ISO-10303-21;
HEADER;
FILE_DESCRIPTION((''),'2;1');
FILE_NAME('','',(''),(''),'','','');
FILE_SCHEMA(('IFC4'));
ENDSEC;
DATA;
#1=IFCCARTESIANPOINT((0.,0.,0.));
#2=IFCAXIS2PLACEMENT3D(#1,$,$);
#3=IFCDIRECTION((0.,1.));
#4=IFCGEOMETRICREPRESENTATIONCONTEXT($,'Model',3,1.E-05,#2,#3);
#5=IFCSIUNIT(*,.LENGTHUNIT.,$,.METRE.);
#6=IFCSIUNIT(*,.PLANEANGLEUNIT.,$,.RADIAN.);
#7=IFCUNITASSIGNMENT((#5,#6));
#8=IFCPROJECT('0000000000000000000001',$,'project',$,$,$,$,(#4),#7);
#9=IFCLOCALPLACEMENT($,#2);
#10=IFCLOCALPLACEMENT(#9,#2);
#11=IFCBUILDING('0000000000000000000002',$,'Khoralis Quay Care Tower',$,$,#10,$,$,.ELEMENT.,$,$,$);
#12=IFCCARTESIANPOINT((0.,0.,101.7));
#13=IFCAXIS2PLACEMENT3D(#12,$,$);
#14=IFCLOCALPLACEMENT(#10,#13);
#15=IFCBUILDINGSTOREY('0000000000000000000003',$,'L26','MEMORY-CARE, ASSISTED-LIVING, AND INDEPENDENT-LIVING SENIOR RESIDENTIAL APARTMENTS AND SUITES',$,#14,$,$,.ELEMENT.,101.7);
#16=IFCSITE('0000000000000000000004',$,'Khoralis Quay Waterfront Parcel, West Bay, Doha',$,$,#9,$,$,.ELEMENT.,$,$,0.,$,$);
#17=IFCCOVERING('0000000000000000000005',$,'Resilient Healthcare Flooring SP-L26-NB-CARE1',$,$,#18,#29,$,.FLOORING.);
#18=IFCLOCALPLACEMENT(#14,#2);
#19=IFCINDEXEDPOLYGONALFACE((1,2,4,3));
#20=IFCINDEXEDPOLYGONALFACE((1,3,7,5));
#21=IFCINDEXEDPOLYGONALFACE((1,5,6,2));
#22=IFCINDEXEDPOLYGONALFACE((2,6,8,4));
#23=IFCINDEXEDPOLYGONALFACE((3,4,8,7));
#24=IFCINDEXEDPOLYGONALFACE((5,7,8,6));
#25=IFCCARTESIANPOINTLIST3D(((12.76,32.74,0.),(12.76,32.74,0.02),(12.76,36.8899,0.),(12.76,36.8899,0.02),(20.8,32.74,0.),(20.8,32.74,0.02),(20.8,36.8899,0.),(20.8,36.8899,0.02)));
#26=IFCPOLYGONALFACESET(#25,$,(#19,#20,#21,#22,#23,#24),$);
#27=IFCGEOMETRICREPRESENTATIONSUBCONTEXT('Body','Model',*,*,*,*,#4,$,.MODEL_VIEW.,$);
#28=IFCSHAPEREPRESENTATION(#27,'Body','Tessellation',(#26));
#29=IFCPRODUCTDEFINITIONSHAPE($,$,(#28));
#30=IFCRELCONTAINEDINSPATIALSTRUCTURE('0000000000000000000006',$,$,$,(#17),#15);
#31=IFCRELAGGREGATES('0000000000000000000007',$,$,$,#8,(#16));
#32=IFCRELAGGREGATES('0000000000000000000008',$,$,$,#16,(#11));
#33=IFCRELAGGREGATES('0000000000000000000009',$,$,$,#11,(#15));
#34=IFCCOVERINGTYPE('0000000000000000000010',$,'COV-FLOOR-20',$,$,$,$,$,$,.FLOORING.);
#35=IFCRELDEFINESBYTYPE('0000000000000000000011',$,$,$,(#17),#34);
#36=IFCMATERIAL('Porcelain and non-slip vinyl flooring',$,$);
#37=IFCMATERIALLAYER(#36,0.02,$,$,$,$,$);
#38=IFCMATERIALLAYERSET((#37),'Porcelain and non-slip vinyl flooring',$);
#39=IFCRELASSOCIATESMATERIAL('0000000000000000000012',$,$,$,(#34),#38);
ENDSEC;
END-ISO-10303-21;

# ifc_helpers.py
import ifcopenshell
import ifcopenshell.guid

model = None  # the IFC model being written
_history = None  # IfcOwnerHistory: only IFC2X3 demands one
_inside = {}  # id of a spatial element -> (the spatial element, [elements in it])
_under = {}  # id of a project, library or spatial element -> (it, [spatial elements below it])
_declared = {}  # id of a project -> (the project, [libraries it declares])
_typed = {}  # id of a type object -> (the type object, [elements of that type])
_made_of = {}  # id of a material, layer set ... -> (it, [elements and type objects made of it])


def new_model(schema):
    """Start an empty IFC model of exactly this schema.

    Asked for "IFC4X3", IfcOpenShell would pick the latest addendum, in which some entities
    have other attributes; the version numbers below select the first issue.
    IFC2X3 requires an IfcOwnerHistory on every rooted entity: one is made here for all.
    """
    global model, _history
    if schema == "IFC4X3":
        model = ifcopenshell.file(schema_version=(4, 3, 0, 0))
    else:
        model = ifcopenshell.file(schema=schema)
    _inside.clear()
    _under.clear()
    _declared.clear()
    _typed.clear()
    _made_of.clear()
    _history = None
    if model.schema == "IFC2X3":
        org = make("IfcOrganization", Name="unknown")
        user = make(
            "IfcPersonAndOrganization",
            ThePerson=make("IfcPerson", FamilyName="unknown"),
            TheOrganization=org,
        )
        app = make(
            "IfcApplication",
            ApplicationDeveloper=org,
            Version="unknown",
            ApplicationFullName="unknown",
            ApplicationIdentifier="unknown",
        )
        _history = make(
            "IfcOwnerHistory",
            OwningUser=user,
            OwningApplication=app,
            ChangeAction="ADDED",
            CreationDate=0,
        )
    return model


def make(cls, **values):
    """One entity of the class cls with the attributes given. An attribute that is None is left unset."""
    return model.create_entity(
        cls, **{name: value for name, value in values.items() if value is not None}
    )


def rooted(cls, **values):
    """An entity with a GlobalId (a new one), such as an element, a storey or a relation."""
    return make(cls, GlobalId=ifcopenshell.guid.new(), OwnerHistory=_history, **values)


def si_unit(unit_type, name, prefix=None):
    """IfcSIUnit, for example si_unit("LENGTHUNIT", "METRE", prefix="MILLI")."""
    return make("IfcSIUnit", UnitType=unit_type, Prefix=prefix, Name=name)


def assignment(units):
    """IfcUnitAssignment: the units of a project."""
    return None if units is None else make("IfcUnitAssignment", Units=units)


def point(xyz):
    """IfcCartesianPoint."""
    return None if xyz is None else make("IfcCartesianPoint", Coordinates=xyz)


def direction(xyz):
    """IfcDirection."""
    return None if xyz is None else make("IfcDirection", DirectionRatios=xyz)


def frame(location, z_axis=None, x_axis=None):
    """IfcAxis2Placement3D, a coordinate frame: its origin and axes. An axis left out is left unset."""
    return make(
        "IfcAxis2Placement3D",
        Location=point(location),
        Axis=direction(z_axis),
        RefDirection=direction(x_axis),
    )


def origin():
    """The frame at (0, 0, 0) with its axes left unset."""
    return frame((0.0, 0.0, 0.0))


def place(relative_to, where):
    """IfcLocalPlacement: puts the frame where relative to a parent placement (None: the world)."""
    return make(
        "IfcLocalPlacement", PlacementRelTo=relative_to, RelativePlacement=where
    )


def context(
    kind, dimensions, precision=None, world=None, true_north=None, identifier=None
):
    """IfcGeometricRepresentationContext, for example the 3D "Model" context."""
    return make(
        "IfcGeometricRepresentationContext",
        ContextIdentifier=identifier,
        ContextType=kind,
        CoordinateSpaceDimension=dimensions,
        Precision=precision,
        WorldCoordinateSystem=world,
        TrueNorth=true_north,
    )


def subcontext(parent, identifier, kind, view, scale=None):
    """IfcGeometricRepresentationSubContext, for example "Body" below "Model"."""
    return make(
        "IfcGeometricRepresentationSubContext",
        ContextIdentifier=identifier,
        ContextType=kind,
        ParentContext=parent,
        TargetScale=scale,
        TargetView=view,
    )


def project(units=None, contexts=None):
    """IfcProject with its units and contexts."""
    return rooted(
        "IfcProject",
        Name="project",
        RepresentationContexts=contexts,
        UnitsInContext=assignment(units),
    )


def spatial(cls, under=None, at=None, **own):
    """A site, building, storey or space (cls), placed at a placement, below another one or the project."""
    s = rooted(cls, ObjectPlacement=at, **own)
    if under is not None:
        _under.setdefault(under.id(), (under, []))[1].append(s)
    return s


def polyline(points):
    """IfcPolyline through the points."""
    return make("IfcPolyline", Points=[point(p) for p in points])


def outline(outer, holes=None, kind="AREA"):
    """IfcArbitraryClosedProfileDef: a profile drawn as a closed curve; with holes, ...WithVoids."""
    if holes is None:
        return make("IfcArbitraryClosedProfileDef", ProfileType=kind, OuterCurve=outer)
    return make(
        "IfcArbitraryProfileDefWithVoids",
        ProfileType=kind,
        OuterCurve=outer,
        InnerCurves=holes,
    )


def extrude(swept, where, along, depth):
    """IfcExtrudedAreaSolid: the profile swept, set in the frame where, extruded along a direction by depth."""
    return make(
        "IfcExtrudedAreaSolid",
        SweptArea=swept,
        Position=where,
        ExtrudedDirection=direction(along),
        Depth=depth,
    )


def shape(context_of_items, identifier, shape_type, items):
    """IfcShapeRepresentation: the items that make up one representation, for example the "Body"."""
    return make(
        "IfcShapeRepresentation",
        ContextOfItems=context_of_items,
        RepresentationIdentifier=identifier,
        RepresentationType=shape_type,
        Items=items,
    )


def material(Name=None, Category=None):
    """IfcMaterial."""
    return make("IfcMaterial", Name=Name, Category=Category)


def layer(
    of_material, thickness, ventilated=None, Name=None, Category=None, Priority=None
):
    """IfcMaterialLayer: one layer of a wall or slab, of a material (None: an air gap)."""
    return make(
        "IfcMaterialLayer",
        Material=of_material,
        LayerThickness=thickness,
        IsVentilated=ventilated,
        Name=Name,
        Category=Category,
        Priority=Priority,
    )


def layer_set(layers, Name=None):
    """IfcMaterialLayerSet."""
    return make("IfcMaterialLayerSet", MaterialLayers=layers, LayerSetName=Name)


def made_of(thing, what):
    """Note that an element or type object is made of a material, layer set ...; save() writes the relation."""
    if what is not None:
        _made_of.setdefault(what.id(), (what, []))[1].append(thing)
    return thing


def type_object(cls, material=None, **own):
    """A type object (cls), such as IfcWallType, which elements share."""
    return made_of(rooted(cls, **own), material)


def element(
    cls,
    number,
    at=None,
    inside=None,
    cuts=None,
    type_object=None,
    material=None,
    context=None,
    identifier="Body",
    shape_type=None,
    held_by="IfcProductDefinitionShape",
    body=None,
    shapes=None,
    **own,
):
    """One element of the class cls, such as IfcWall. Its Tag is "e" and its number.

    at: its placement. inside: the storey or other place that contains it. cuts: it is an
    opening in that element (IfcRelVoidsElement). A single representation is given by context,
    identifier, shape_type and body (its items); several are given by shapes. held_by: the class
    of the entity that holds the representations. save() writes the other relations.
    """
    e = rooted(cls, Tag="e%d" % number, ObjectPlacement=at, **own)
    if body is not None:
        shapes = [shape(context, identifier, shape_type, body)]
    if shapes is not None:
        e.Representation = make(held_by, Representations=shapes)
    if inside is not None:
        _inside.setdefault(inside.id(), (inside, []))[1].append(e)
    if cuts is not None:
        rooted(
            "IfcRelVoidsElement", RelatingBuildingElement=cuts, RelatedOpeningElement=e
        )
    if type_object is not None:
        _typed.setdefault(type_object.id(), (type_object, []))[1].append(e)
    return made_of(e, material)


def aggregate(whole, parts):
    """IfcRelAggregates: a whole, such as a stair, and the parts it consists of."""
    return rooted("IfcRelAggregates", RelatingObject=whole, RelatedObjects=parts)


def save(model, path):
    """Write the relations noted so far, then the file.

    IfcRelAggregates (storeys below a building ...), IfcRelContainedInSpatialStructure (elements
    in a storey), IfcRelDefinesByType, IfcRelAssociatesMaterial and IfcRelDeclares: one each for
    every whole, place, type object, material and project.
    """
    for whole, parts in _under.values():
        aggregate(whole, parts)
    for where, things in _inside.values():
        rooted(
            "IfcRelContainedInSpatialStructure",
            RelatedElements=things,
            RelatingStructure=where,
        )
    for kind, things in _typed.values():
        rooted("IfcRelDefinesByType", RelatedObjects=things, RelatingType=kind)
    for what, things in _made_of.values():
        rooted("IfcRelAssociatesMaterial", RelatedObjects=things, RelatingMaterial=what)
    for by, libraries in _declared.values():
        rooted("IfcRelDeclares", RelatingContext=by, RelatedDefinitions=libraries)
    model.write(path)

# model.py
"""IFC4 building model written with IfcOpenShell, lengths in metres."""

from ifc_helpers import new_model, si_unit, direction, frame, origin, place, context, subcontext, project, spatial, polyline, outline, extrude, material, layer, layer_set, type_object, element, save


model = new_model("IFC4")

# Units and contexts
model_context = context("Model", 3, precision=1e-05, world=origin(), true_north=direction((0.0, 1.0)))
body_context = subcontext(model_context, "Body", "Model", "MODEL_VIEW")
ifc_project = project(units=[si_unit("LENGTHUNIT", "METRE"), si_unit("PLANEANGLEUNIT", "RADIAN")], contexts=[model_context])

# Site, building, storey
site_placement = place(None, origin())
site = spatial("IfcSite", under=ifc_project, at=site_placement, Name="Khoralis Quay Waterfront Parcel, West Bay, Doha", CompositionType="ELEMENT", RefElevation=0.0)
building_placement = place(site_placement, origin())
building = spatial("IfcBuilding", under=site, at=building_placement, Name="Khoralis Quay Care Tower", CompositionType="ELEMENT")
storey_placement = place(building_placement, frame((0.0, 0.0, 101.7)))
storey = spatial("IfcBuildingStorey", under=building, at=storey_placement, Name="L26", Description="MEMORY-CARE, ASSISTED-LIVING, AND INDEPENDENT-LIVING SENIOR RESIDENTIAL APARTMENTS AND SUITES", CompositionType="ELEMENT", Elevation=101.7)

# Covering
ifc_material_1 = material(Name="Porcelain and non-slip vinyl flooring")
ifc_layer_1 = layer(ifc_material_1, 0.02)
ifc_layer_set_1 = layer_set([ifc_layer_1], Name="Porcelain and non-slip vinyl flooring")
covering_type_1 = type_object("IfcCoveringType", Name="COV-FLOOR-20", PredefinedType="FLOORING", material=ifc_layer_set_1)
covering_1_placement = place(storey_placement, origin())
element("IfcCovering", 1, at=covering_1_placement, inside=storey, type_object=covering_type_1, Name="Resilient Healthcare Flooring SP-L26-NB-CARE1", PredefinedType="FLOORING", context=body_context, shape_type="SweptSolid", body=[
    extrude(outline(polyline([(12.76, 32.74), (20.8, 32.74), (20.8, 36.8899), (12.76, 36.8899), (12.76, 32.74)])), origin(), (0.0, 0.0, 1.0), 0.02),
])

save(model, "model.ifc")
